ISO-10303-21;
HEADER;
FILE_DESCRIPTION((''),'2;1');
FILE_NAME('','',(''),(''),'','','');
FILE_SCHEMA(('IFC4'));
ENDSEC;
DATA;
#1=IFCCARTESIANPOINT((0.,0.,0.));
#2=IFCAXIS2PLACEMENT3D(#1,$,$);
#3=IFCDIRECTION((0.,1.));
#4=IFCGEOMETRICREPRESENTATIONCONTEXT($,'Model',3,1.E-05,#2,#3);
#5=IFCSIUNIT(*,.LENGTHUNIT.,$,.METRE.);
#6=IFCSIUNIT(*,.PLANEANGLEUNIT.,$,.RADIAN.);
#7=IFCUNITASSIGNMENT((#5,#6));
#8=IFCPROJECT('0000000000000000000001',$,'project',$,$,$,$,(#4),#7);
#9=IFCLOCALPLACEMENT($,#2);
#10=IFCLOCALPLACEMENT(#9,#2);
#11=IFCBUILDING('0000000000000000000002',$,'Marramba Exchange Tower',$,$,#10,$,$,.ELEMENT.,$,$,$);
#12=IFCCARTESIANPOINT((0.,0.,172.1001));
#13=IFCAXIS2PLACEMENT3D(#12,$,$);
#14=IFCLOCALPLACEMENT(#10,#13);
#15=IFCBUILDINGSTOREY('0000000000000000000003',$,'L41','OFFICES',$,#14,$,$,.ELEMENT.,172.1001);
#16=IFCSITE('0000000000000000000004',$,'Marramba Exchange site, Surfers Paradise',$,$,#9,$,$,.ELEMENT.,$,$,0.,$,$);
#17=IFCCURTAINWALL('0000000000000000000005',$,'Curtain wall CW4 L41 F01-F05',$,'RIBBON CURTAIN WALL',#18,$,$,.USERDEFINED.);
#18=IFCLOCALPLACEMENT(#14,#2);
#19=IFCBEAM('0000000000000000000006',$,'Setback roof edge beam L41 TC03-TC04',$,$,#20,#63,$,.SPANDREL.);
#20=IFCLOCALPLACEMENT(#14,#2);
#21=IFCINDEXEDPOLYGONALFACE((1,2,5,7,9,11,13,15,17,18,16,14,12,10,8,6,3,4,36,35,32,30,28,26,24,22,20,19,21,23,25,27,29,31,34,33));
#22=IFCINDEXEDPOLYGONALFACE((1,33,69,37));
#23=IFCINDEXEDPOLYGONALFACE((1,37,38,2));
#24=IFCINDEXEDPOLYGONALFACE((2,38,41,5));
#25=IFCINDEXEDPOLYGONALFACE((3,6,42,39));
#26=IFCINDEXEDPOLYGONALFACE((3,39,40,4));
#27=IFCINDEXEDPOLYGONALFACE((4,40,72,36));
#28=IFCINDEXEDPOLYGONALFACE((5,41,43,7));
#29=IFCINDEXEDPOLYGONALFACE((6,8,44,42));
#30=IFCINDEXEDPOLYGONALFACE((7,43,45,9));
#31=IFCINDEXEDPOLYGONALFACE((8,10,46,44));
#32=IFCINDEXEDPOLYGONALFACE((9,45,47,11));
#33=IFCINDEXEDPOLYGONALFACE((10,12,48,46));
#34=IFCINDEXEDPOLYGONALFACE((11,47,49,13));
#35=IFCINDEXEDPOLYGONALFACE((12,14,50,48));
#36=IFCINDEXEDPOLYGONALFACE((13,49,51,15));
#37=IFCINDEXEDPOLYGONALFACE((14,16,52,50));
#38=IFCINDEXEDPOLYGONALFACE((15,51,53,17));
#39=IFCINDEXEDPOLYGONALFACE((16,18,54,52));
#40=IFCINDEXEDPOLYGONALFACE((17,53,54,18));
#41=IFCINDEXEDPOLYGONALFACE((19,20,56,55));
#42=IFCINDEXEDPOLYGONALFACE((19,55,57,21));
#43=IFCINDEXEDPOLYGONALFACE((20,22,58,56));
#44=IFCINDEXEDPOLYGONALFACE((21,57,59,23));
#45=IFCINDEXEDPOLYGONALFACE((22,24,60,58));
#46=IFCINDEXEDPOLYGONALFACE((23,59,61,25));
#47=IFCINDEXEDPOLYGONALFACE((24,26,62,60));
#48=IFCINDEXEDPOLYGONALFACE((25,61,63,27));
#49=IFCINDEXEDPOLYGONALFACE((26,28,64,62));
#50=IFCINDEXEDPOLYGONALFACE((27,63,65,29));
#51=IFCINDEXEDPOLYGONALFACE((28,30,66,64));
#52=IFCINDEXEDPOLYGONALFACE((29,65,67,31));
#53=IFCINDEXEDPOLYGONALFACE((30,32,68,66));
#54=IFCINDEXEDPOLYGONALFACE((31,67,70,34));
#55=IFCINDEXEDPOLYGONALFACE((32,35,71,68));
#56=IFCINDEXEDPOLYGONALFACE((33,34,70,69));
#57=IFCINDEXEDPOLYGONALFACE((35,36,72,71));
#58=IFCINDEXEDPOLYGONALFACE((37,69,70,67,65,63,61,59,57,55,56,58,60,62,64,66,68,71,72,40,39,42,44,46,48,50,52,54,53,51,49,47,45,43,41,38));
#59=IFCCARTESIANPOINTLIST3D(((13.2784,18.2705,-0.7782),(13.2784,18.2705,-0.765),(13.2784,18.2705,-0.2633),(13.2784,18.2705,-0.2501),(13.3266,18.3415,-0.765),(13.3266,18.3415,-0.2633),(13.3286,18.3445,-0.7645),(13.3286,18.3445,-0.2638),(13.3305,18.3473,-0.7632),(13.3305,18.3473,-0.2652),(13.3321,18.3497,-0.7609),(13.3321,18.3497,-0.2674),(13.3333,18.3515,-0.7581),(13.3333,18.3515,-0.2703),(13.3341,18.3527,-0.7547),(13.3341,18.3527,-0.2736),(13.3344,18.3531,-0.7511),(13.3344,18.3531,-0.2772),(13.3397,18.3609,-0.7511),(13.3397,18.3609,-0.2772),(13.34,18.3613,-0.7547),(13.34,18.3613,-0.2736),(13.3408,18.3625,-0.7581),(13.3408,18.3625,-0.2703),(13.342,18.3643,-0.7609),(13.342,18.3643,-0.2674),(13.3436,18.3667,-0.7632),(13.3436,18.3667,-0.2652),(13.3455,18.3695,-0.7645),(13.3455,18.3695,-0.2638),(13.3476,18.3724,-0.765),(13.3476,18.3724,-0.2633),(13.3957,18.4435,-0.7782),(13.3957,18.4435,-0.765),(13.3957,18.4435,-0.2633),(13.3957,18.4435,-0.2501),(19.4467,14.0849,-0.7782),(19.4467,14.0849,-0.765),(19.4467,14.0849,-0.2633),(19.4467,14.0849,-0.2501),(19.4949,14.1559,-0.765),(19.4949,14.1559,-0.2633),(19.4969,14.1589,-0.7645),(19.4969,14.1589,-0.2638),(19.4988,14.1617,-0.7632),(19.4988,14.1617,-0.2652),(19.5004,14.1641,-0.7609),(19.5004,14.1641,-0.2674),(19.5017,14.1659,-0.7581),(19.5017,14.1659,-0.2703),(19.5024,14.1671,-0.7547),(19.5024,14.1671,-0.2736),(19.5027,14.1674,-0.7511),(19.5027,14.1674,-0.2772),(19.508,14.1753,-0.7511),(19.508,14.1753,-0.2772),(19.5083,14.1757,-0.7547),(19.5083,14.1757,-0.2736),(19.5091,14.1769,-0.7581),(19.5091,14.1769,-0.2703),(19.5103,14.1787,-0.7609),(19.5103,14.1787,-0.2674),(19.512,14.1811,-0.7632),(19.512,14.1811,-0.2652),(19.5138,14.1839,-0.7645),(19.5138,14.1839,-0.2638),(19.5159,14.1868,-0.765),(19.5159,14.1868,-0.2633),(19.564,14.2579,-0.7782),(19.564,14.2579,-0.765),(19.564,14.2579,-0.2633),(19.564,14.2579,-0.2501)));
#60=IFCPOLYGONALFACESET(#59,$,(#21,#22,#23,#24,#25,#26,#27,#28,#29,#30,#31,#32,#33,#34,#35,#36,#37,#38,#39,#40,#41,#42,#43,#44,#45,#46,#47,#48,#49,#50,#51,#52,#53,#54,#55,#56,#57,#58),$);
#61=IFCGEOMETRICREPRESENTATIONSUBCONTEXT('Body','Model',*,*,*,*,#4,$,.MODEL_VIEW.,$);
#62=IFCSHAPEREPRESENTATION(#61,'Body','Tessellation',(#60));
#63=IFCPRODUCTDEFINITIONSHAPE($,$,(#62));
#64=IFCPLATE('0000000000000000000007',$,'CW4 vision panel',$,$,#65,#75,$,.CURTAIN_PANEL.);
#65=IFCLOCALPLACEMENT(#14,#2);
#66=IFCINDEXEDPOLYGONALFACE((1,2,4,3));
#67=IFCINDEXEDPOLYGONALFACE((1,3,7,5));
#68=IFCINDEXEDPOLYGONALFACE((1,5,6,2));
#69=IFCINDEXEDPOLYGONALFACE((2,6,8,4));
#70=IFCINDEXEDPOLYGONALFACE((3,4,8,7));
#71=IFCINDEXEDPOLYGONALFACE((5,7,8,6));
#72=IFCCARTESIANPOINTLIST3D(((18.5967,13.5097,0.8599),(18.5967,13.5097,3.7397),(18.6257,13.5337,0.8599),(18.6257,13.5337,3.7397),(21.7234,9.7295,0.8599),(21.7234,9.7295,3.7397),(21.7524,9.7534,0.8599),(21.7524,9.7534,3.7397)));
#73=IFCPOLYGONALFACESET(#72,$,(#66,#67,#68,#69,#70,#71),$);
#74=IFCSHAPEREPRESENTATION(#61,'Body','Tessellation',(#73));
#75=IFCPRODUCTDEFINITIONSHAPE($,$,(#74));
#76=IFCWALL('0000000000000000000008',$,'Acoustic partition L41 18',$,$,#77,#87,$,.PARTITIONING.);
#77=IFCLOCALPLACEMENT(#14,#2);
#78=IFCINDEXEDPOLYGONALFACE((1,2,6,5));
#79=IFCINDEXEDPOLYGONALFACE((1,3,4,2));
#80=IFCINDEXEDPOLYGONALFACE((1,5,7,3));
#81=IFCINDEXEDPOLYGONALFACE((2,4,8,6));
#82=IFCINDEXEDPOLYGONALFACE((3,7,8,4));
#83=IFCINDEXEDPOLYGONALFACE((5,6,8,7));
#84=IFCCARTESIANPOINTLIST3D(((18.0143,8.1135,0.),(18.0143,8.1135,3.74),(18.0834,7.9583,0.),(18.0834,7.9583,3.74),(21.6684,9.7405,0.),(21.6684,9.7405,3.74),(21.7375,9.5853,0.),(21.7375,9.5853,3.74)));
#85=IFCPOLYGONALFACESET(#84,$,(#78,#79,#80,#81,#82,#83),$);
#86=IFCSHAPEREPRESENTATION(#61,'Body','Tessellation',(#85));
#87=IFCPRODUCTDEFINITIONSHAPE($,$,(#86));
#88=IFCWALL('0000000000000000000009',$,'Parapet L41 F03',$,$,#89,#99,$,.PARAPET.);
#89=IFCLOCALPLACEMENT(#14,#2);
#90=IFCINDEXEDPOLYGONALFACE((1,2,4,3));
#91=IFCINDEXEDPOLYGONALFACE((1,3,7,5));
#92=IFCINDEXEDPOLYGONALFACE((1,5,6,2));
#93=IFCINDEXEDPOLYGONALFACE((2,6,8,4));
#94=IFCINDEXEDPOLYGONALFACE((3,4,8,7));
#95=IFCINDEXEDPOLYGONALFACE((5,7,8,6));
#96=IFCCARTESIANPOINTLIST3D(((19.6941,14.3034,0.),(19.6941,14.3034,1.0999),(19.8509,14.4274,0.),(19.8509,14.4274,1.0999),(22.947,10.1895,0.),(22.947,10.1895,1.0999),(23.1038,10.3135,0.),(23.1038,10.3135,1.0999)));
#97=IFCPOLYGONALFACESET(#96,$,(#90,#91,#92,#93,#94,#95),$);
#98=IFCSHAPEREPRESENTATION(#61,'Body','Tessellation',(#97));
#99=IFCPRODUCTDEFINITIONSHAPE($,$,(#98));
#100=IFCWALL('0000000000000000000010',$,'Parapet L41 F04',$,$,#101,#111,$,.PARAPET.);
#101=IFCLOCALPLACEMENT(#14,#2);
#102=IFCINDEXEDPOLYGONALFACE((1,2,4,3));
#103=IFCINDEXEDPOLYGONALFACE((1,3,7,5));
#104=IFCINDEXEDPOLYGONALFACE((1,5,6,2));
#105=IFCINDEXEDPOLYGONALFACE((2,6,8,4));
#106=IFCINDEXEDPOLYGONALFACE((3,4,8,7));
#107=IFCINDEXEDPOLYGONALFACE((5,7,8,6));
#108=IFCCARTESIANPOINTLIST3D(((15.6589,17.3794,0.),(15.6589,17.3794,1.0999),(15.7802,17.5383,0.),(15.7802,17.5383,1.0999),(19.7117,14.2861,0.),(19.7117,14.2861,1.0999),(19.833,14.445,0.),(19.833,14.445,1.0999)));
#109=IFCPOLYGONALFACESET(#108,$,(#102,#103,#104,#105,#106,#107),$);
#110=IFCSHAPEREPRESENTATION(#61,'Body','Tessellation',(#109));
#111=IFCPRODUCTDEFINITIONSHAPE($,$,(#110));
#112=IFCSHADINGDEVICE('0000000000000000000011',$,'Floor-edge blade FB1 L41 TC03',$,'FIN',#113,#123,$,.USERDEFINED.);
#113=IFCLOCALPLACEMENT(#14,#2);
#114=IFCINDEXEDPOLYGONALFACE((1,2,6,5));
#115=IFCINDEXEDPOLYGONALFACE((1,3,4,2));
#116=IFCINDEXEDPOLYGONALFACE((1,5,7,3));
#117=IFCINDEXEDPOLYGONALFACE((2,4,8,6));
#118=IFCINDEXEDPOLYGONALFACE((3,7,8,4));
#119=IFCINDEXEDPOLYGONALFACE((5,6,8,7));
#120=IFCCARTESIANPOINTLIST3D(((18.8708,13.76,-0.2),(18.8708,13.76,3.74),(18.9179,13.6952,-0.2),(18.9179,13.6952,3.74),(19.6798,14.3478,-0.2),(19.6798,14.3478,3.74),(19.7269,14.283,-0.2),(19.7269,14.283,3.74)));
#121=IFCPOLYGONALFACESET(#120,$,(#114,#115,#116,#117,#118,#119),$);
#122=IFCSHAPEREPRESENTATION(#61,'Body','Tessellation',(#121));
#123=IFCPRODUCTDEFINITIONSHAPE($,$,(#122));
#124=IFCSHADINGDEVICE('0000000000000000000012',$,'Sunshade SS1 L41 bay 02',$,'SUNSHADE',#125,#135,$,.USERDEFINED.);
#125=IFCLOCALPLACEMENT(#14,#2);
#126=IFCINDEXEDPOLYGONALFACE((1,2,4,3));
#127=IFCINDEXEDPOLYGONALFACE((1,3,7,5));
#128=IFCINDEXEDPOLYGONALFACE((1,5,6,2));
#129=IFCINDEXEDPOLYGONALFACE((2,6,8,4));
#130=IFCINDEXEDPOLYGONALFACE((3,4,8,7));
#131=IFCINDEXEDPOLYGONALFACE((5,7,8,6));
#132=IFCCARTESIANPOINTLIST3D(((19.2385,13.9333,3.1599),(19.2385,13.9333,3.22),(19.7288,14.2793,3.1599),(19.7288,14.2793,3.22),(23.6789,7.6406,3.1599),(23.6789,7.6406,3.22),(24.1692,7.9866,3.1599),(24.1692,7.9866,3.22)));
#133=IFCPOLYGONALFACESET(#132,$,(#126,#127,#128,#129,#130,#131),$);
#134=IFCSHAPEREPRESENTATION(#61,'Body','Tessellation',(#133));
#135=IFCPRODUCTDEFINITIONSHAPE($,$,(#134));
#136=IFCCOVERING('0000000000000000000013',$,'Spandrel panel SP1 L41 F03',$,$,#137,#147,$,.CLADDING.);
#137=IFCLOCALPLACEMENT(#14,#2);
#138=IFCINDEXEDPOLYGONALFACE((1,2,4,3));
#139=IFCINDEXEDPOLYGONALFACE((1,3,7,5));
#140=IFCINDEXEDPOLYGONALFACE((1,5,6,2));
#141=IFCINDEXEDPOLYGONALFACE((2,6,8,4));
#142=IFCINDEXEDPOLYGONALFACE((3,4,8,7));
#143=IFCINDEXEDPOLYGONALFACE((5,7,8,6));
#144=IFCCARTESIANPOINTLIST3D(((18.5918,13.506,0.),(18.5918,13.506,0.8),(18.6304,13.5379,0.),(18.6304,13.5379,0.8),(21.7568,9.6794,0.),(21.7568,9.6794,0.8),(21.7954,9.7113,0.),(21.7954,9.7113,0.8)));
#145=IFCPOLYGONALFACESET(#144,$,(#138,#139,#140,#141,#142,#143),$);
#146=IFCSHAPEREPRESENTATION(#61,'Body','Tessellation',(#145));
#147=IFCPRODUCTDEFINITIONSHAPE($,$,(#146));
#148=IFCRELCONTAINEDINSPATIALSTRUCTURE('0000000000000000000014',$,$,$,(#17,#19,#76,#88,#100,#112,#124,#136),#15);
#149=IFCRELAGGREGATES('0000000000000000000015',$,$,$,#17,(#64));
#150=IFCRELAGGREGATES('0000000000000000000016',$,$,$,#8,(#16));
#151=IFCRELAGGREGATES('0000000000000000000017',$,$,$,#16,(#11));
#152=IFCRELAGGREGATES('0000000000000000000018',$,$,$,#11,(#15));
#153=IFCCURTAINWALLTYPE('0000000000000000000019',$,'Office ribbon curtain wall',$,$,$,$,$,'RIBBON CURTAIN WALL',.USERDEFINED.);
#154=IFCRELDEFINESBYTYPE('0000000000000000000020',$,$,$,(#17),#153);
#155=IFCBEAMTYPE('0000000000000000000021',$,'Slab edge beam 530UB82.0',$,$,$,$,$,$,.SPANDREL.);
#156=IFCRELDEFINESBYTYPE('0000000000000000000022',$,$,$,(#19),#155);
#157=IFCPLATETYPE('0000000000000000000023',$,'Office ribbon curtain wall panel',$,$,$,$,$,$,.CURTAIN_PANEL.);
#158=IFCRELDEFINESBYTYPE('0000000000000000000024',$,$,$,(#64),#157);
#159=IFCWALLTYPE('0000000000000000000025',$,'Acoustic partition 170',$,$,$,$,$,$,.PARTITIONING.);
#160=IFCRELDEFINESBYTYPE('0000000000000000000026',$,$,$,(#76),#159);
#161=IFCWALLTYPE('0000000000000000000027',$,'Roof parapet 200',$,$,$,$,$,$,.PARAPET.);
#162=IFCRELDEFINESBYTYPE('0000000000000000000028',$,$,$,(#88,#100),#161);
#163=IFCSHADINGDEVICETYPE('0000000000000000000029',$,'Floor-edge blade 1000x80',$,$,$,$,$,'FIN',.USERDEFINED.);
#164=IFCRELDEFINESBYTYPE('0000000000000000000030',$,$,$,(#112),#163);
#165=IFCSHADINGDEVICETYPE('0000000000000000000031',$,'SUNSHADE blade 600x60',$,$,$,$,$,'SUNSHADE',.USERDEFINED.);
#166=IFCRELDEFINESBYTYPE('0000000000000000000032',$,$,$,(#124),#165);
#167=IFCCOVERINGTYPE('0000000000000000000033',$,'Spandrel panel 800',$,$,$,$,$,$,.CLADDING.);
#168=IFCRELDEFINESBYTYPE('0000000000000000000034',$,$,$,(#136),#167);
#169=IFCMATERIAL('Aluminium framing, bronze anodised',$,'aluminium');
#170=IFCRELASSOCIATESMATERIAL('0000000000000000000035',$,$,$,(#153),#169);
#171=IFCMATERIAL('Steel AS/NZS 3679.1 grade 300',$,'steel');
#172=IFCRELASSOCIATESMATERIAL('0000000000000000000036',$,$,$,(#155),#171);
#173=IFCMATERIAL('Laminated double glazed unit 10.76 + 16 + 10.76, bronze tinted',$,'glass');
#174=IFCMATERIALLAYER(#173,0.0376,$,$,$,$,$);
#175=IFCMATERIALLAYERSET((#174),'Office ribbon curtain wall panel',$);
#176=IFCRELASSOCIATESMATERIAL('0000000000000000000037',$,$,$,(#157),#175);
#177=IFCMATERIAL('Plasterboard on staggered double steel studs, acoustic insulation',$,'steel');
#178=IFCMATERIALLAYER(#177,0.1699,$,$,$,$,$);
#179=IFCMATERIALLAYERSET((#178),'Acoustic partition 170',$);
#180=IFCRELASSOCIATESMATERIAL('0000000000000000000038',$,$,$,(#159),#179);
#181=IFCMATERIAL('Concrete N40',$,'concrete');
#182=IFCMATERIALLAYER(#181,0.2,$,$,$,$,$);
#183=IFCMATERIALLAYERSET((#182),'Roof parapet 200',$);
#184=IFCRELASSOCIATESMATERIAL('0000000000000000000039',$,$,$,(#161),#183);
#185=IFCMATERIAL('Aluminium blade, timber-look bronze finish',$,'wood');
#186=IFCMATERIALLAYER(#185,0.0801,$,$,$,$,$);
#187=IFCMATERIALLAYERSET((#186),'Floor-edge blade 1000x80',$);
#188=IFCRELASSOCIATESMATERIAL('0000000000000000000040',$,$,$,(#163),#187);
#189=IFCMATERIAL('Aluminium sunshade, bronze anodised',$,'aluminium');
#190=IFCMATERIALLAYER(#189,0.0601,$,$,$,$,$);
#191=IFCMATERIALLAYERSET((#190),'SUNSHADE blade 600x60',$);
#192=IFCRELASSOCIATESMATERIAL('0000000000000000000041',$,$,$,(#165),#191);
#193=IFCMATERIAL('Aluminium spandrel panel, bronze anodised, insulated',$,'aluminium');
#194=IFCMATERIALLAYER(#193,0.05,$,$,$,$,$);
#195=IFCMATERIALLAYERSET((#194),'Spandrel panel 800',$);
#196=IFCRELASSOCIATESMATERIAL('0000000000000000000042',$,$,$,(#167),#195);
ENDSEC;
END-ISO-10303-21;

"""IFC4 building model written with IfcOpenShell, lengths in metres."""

from ifc_helpers import new_model, si_unit, direction, frame, frame_2d, origin, origin_2d, place, context, subcontext, project, spatial, rectangle, i_section, extrude, material, layer, layer_set, material_profile, profile_set, type_object, element, aggregate, save


model = new_model("IFC4")

# Units and contexts
model_context = context("Model", 3, precision=1e-05, world=origin(), true_north=direction((0.0, 1.0)))
body_context = subcontext(model_context, "Body", "Model", "MODEL_VIEW")
ifc_project = project(units=[si_unit("LENGTHUNIT", "METRE"), si_unit("PLANEANGLEUNIT", "RADIAN")], contexts=[model_context])

# Site, building, storey
site_placement = place(None, origin())
site = spatial("IfcSite", under=ifc_project, at=site_placement, Name="Marramba Exchange site, Surfers Paradise", CompositionType="ELEMENT", RefElevation=0.0)
building_placement = place(site_placement, origin())
building = spatial("IfcBuilding", under=site, at=building_placement, Name="Marramba Exchange Tower", CompositionType="ELEMENT")
storey_placement = place(building_placement, frame((0.0, 0.0, 172.1001)))
storey = spatial("IfcBuildingStorey", under=building, at=storey_placement, Name="L41", Description="OFFICES", CompositionType="ELEMENT", Elevation=172.1001)

# Curtain wall
ifc_material_1 = material(Name="Aluminium framing, bronze anodised", Category="aluminium")
curtain_wall_type = type_object("IfcCurtainWallType", Name="Office ribbon curtain wall", ElementType="RIBBON CURTAIN WALL", PredefinedType="USERDEFINED", material=ifc_material_1)
curtain_wall_placement = place(storey_placement, origin())
curtain_wall = element("IfcCurtainWall", 1, at=curtain_wall_placement, inside=storey, type_object=curtain_wall_type, Name="Curtain wall CW4 L41 F01-F05", ObjectType="RIBBON CURTAIN WALL", PredefinedType="USERDEFINED")

# Beam
ifc_material_2 = material(Name="Steel AS/NZS 3679.1 grade 300", Category="steel")
ifc_material_profile_1 = material_profile(ifc_material_2, i_section(OverallWidth=0.209, OverallDepth=0.5281, WebThickness=0.0095, FlangeThickness=0.0132, FilletRadius=0.0139, at=origin_2d()), Name="530UB82.0")
ifc_profile_set_1 = profile_set([ifc_material_profile_1], Name="Steel AS/NZS 3679.1 grade 300")
beam_type_1 = type_object("IfcBeamType", Name="Slab edge beam 530UB82.0", PredefinedType="SPANDREL", material=ifc_profile_set_1)
beam_1_placement = place(storey_placement, frame((19.5054, 14.1714, -0.5142), z_axis=(-0.827477, 0.561499, 0.0), x_axis=(-0.561499, -0.827477, 0.0)))
element("IfcBeam", 2, at=beam_1_placement, inside=storey, type_object=beam_type_1, Name="Setback roof edge beam L41 TC03-TC04", PredefinedType="SPANDREL", context=body_context, shape_type="SweptSolid", body=[
    extrude(i_section(OverallWidth=0.209, OverallDepth=0.5281, WebThickness=0.0095, FlangeThickness=0.0132, FilletRadius=0.0139, at=origin_2d()), origin(), (0.0, 0.0, 1.0), 7.4543),
])

# Plate
ifc_material_3 = material(Name="Laminated double glazed unit 10.76 + 16 + 10.76, bronze tinted", Category="glass")
ifc_layer_1 = layer(ifc_material_3, 0.0376)
ifc_layer_set_1 = layer_set([ifc_layer_1], Name="Office ribbon curtain wall panel")
plate_type = type_object("IfcPlateType", Name="Office ribbon curtain wall panel", PredefinedType="CURTAIN_PANEL", material=ifc_layer_set_1)
plate_placement = place(storey_placement, frame((20.1746, 11.6316, 0.8599), z_axis=(0.0, 0.0, 1.0), x_axis=(-0.63735, 0.770574, 0.0)))
plate = element("IfcPlate", 3, at=plate_placement, type_object=plate_type, Name="CW4 vision panel", PredefinedType="CURTAIN_PANEL", context=body_context, shape_type="SweptSolid", body=[
    extrude(rectangle(XDim=4.9058, YDim=0.0376, at=origin_2d()), origin(), (0.0, 0.0, 1.0), 2.8799),
])
aggregate(curtain_wall, [plate])

# Shared definitions
ifc_material_4 = material(Name="Plasterboard on staggered double steel studs, acoustic insulation", Category="steel")
ifc_layer_2 = layer(ifc_material_4, 0.1699)
ifc_layer_set_2 = layer_set([ifc_layer_2], Name="Acoustic partition 170")
wall_type_1 = type_object("IfcWallType", Name="Acoustic partition 170", PredefinedType="PARTITIONING", material=ifc_layer_set_2)

# Walls
wall_1_placement = place(storey_placement, frame((18.0488, 8.0359, 0.0), z_axis=(0.0, 0.0, 1.0), x_axis=(0.91354, 0.40675, 0.0)))
element("IfcWall", 4, at=wall_1_placement, inside=storey, type_object=wall_type_1, Name="Acoustic partition L41 18", PredefinedType="PARTITIONING", context=body_context, shape_type="SweptSolid", body=[
    extrude(rectangle(XDim=4.0, YDim=0.1699, at=frame_2d((2.0, 0.0))), origin(), (0.0, 0.0, 1.0), 3.74),
])
ifc_material_5 = material(Name="Concrete N40", Category="concrete")
ifc_layer_3 = layer(ifc_material_5, 0.2)
ifc_layer_set_3 = layer_set([ifc_layer_3], Name="Roof parapet 200")
wall_type_2 = type_object("IfcWallType", Name="Roof parapet 200", PredefinedType="PARAPET", material=ifc_layer_set_3)
wall_2_placement = place(storey_placement, frame((23.0254, 10.2515, 0.0), z_axis=(0.0, 0.0, 1.0), x_axis=(-0.620234, 0.784417, 0.0)))
element("IfcWall", 5, at=wall_2_placement, inside=storey, type_object=wall_type_2, Name="Parapet L41 F03", PredefinedType="PARAPET", context=body_context, shape_type="SweptSolid", body=[
    extrude(rectangle(XDim=5.2446, YDim=0.2, at=frame_2d((2.6223, 0.0))), origin(), (0.0, 0.0, 1.0), 1.0999),
])
wall_3_placement = place(storey_placement, frame((19.7725, 14.3655, 0.0), z_axis=(0.0, 0.0, 1.0), x_axis=(-0.794915, 0.606721, 0.0)))
element("IfcWall", 6, at=wall_3_placement, inside=storey, type_object=wall_type_2, Name="Parapet L41 F04", PredefinedType="PARAPET", context=body_context, shape_type="SweptSolid", body=[
    extrude(rectangle(XDim=5.0984, YDim=0.2, at=frame_2d((2.5493, 0.0))), origin(), (0.0, 0.0, 1.0), 1.0999),
])

# Shading devices
ifc_material_6 = material(Name="Aluminium blade, timber-look bronze finish", Category="wood")
ifc_layer_4 = layer(ifc_material_6, 0.0801)
ifc_layer_set_4 = layer_set([ifc_layer_4], Name="Floor-edge blade 1000x80")
shading_device_type_1 = type_object("IfcShadingDeviceType", Name="Floor-edge blade 1000x80", ElementType="FIN", PredefinedType="USERDEFINED", material=ifc_layer_set_4)
shading_device_1_placement = place(storey_placement, frame((19.2988, 14.0215, -0.2), z_axis=(0.0, 0.0, 1.0), x_axis=(0.809017, 0.587785, 0.0)))
element("IfcShadingDevice", 7, at=shading_device_1_placement, inside=storey, type_object=shading_device_type_1, Name="Floor-edge blade FB1 L41 TC03", ObjectType="FIN", PredefinedType="USERDEFINED", context=body_context, shape_type="SweptSolid", body=[
    extrude(rectangle(XDim=1.0, YDim=0.0801, at=origin_2d()), origin(), (0.0, 0.0, 1.0), 3.9399),
])
ifc_material_7 = material(Name="Aluminium sunshade, bronze anodised", Category="aluminium")
ifc_layer_5 = layer(ifc_material_7, 0.0601)
ifc_layer_set_5 = layer_set([ifc_layer_5], Name="SUNSHADE blade 600x60")
shading_device_type_2 = type_object("IfcShadingDeviceType", Name="SUNSHADE blade 600x60", ElementType="SUNSHADE", PredefinedType="USERDEFINED", material=ifc_layer_set_5)
shading_device_2_placement = place(storey_placement, frame((21.7039, 10.96, 3.1599), z_axis=(0.0, 0.0, 1.0), x_axis=(-0.576555, 0.817058, 0.0)))
element("IfcShadingDevice", 8, at=shading_device_2_placement, inside=storey, type_object=shading_device_type_2, Name="Sunshade SS1 L41 bay 02", ObjectType="SUNSHADE", PredefinedType="USERDEFINED", context=body_context, shape_type="SweptSolid", body=[
    extrude(rectangle(XDim=7.7017, YDim=0.6001, at=origin_2d()), origin(), (0.0, 0.0, 1.0), 0.0601),
])

# Covering
ifc_material_8 = material(Name="Aluminium spandrel panel, bronze anodised, insulated", Category="aluminium")
ifc_layer_6 = layer(ifc_material_8, 0.05)
ifc_layer_set_6 = layer_set([ifc_layer_6], Name="Spandrel panel 800")
covering_type = type_object("IfcCoveringType", Name="Spandrel panel 800", PredefinedType="CLADDING", material=ifc_layer_set_6)
covering_placement = place(storey_placement, frame((20.1936, 11.6086, 0.0), z_axis=(0.0, 0.0, 1.0), x_axis=(-0.63735, 0.770574, 0.0)))
element("IfcCovering", 9, at=covering_placement, inside=storey, type_object=covering_type, Name="Spandrel panel SP1 L41 F03", PredefinedType="CLADDING", context=body_context, shape_type="SweptSolid", body=[
    extrude(rectangle(XDim=4.9658, YDim=0.05, at=origin_2d()), origin(), (0.0, 0.0, 1.0), 0.8),
])

save(model, "model.ifc")
